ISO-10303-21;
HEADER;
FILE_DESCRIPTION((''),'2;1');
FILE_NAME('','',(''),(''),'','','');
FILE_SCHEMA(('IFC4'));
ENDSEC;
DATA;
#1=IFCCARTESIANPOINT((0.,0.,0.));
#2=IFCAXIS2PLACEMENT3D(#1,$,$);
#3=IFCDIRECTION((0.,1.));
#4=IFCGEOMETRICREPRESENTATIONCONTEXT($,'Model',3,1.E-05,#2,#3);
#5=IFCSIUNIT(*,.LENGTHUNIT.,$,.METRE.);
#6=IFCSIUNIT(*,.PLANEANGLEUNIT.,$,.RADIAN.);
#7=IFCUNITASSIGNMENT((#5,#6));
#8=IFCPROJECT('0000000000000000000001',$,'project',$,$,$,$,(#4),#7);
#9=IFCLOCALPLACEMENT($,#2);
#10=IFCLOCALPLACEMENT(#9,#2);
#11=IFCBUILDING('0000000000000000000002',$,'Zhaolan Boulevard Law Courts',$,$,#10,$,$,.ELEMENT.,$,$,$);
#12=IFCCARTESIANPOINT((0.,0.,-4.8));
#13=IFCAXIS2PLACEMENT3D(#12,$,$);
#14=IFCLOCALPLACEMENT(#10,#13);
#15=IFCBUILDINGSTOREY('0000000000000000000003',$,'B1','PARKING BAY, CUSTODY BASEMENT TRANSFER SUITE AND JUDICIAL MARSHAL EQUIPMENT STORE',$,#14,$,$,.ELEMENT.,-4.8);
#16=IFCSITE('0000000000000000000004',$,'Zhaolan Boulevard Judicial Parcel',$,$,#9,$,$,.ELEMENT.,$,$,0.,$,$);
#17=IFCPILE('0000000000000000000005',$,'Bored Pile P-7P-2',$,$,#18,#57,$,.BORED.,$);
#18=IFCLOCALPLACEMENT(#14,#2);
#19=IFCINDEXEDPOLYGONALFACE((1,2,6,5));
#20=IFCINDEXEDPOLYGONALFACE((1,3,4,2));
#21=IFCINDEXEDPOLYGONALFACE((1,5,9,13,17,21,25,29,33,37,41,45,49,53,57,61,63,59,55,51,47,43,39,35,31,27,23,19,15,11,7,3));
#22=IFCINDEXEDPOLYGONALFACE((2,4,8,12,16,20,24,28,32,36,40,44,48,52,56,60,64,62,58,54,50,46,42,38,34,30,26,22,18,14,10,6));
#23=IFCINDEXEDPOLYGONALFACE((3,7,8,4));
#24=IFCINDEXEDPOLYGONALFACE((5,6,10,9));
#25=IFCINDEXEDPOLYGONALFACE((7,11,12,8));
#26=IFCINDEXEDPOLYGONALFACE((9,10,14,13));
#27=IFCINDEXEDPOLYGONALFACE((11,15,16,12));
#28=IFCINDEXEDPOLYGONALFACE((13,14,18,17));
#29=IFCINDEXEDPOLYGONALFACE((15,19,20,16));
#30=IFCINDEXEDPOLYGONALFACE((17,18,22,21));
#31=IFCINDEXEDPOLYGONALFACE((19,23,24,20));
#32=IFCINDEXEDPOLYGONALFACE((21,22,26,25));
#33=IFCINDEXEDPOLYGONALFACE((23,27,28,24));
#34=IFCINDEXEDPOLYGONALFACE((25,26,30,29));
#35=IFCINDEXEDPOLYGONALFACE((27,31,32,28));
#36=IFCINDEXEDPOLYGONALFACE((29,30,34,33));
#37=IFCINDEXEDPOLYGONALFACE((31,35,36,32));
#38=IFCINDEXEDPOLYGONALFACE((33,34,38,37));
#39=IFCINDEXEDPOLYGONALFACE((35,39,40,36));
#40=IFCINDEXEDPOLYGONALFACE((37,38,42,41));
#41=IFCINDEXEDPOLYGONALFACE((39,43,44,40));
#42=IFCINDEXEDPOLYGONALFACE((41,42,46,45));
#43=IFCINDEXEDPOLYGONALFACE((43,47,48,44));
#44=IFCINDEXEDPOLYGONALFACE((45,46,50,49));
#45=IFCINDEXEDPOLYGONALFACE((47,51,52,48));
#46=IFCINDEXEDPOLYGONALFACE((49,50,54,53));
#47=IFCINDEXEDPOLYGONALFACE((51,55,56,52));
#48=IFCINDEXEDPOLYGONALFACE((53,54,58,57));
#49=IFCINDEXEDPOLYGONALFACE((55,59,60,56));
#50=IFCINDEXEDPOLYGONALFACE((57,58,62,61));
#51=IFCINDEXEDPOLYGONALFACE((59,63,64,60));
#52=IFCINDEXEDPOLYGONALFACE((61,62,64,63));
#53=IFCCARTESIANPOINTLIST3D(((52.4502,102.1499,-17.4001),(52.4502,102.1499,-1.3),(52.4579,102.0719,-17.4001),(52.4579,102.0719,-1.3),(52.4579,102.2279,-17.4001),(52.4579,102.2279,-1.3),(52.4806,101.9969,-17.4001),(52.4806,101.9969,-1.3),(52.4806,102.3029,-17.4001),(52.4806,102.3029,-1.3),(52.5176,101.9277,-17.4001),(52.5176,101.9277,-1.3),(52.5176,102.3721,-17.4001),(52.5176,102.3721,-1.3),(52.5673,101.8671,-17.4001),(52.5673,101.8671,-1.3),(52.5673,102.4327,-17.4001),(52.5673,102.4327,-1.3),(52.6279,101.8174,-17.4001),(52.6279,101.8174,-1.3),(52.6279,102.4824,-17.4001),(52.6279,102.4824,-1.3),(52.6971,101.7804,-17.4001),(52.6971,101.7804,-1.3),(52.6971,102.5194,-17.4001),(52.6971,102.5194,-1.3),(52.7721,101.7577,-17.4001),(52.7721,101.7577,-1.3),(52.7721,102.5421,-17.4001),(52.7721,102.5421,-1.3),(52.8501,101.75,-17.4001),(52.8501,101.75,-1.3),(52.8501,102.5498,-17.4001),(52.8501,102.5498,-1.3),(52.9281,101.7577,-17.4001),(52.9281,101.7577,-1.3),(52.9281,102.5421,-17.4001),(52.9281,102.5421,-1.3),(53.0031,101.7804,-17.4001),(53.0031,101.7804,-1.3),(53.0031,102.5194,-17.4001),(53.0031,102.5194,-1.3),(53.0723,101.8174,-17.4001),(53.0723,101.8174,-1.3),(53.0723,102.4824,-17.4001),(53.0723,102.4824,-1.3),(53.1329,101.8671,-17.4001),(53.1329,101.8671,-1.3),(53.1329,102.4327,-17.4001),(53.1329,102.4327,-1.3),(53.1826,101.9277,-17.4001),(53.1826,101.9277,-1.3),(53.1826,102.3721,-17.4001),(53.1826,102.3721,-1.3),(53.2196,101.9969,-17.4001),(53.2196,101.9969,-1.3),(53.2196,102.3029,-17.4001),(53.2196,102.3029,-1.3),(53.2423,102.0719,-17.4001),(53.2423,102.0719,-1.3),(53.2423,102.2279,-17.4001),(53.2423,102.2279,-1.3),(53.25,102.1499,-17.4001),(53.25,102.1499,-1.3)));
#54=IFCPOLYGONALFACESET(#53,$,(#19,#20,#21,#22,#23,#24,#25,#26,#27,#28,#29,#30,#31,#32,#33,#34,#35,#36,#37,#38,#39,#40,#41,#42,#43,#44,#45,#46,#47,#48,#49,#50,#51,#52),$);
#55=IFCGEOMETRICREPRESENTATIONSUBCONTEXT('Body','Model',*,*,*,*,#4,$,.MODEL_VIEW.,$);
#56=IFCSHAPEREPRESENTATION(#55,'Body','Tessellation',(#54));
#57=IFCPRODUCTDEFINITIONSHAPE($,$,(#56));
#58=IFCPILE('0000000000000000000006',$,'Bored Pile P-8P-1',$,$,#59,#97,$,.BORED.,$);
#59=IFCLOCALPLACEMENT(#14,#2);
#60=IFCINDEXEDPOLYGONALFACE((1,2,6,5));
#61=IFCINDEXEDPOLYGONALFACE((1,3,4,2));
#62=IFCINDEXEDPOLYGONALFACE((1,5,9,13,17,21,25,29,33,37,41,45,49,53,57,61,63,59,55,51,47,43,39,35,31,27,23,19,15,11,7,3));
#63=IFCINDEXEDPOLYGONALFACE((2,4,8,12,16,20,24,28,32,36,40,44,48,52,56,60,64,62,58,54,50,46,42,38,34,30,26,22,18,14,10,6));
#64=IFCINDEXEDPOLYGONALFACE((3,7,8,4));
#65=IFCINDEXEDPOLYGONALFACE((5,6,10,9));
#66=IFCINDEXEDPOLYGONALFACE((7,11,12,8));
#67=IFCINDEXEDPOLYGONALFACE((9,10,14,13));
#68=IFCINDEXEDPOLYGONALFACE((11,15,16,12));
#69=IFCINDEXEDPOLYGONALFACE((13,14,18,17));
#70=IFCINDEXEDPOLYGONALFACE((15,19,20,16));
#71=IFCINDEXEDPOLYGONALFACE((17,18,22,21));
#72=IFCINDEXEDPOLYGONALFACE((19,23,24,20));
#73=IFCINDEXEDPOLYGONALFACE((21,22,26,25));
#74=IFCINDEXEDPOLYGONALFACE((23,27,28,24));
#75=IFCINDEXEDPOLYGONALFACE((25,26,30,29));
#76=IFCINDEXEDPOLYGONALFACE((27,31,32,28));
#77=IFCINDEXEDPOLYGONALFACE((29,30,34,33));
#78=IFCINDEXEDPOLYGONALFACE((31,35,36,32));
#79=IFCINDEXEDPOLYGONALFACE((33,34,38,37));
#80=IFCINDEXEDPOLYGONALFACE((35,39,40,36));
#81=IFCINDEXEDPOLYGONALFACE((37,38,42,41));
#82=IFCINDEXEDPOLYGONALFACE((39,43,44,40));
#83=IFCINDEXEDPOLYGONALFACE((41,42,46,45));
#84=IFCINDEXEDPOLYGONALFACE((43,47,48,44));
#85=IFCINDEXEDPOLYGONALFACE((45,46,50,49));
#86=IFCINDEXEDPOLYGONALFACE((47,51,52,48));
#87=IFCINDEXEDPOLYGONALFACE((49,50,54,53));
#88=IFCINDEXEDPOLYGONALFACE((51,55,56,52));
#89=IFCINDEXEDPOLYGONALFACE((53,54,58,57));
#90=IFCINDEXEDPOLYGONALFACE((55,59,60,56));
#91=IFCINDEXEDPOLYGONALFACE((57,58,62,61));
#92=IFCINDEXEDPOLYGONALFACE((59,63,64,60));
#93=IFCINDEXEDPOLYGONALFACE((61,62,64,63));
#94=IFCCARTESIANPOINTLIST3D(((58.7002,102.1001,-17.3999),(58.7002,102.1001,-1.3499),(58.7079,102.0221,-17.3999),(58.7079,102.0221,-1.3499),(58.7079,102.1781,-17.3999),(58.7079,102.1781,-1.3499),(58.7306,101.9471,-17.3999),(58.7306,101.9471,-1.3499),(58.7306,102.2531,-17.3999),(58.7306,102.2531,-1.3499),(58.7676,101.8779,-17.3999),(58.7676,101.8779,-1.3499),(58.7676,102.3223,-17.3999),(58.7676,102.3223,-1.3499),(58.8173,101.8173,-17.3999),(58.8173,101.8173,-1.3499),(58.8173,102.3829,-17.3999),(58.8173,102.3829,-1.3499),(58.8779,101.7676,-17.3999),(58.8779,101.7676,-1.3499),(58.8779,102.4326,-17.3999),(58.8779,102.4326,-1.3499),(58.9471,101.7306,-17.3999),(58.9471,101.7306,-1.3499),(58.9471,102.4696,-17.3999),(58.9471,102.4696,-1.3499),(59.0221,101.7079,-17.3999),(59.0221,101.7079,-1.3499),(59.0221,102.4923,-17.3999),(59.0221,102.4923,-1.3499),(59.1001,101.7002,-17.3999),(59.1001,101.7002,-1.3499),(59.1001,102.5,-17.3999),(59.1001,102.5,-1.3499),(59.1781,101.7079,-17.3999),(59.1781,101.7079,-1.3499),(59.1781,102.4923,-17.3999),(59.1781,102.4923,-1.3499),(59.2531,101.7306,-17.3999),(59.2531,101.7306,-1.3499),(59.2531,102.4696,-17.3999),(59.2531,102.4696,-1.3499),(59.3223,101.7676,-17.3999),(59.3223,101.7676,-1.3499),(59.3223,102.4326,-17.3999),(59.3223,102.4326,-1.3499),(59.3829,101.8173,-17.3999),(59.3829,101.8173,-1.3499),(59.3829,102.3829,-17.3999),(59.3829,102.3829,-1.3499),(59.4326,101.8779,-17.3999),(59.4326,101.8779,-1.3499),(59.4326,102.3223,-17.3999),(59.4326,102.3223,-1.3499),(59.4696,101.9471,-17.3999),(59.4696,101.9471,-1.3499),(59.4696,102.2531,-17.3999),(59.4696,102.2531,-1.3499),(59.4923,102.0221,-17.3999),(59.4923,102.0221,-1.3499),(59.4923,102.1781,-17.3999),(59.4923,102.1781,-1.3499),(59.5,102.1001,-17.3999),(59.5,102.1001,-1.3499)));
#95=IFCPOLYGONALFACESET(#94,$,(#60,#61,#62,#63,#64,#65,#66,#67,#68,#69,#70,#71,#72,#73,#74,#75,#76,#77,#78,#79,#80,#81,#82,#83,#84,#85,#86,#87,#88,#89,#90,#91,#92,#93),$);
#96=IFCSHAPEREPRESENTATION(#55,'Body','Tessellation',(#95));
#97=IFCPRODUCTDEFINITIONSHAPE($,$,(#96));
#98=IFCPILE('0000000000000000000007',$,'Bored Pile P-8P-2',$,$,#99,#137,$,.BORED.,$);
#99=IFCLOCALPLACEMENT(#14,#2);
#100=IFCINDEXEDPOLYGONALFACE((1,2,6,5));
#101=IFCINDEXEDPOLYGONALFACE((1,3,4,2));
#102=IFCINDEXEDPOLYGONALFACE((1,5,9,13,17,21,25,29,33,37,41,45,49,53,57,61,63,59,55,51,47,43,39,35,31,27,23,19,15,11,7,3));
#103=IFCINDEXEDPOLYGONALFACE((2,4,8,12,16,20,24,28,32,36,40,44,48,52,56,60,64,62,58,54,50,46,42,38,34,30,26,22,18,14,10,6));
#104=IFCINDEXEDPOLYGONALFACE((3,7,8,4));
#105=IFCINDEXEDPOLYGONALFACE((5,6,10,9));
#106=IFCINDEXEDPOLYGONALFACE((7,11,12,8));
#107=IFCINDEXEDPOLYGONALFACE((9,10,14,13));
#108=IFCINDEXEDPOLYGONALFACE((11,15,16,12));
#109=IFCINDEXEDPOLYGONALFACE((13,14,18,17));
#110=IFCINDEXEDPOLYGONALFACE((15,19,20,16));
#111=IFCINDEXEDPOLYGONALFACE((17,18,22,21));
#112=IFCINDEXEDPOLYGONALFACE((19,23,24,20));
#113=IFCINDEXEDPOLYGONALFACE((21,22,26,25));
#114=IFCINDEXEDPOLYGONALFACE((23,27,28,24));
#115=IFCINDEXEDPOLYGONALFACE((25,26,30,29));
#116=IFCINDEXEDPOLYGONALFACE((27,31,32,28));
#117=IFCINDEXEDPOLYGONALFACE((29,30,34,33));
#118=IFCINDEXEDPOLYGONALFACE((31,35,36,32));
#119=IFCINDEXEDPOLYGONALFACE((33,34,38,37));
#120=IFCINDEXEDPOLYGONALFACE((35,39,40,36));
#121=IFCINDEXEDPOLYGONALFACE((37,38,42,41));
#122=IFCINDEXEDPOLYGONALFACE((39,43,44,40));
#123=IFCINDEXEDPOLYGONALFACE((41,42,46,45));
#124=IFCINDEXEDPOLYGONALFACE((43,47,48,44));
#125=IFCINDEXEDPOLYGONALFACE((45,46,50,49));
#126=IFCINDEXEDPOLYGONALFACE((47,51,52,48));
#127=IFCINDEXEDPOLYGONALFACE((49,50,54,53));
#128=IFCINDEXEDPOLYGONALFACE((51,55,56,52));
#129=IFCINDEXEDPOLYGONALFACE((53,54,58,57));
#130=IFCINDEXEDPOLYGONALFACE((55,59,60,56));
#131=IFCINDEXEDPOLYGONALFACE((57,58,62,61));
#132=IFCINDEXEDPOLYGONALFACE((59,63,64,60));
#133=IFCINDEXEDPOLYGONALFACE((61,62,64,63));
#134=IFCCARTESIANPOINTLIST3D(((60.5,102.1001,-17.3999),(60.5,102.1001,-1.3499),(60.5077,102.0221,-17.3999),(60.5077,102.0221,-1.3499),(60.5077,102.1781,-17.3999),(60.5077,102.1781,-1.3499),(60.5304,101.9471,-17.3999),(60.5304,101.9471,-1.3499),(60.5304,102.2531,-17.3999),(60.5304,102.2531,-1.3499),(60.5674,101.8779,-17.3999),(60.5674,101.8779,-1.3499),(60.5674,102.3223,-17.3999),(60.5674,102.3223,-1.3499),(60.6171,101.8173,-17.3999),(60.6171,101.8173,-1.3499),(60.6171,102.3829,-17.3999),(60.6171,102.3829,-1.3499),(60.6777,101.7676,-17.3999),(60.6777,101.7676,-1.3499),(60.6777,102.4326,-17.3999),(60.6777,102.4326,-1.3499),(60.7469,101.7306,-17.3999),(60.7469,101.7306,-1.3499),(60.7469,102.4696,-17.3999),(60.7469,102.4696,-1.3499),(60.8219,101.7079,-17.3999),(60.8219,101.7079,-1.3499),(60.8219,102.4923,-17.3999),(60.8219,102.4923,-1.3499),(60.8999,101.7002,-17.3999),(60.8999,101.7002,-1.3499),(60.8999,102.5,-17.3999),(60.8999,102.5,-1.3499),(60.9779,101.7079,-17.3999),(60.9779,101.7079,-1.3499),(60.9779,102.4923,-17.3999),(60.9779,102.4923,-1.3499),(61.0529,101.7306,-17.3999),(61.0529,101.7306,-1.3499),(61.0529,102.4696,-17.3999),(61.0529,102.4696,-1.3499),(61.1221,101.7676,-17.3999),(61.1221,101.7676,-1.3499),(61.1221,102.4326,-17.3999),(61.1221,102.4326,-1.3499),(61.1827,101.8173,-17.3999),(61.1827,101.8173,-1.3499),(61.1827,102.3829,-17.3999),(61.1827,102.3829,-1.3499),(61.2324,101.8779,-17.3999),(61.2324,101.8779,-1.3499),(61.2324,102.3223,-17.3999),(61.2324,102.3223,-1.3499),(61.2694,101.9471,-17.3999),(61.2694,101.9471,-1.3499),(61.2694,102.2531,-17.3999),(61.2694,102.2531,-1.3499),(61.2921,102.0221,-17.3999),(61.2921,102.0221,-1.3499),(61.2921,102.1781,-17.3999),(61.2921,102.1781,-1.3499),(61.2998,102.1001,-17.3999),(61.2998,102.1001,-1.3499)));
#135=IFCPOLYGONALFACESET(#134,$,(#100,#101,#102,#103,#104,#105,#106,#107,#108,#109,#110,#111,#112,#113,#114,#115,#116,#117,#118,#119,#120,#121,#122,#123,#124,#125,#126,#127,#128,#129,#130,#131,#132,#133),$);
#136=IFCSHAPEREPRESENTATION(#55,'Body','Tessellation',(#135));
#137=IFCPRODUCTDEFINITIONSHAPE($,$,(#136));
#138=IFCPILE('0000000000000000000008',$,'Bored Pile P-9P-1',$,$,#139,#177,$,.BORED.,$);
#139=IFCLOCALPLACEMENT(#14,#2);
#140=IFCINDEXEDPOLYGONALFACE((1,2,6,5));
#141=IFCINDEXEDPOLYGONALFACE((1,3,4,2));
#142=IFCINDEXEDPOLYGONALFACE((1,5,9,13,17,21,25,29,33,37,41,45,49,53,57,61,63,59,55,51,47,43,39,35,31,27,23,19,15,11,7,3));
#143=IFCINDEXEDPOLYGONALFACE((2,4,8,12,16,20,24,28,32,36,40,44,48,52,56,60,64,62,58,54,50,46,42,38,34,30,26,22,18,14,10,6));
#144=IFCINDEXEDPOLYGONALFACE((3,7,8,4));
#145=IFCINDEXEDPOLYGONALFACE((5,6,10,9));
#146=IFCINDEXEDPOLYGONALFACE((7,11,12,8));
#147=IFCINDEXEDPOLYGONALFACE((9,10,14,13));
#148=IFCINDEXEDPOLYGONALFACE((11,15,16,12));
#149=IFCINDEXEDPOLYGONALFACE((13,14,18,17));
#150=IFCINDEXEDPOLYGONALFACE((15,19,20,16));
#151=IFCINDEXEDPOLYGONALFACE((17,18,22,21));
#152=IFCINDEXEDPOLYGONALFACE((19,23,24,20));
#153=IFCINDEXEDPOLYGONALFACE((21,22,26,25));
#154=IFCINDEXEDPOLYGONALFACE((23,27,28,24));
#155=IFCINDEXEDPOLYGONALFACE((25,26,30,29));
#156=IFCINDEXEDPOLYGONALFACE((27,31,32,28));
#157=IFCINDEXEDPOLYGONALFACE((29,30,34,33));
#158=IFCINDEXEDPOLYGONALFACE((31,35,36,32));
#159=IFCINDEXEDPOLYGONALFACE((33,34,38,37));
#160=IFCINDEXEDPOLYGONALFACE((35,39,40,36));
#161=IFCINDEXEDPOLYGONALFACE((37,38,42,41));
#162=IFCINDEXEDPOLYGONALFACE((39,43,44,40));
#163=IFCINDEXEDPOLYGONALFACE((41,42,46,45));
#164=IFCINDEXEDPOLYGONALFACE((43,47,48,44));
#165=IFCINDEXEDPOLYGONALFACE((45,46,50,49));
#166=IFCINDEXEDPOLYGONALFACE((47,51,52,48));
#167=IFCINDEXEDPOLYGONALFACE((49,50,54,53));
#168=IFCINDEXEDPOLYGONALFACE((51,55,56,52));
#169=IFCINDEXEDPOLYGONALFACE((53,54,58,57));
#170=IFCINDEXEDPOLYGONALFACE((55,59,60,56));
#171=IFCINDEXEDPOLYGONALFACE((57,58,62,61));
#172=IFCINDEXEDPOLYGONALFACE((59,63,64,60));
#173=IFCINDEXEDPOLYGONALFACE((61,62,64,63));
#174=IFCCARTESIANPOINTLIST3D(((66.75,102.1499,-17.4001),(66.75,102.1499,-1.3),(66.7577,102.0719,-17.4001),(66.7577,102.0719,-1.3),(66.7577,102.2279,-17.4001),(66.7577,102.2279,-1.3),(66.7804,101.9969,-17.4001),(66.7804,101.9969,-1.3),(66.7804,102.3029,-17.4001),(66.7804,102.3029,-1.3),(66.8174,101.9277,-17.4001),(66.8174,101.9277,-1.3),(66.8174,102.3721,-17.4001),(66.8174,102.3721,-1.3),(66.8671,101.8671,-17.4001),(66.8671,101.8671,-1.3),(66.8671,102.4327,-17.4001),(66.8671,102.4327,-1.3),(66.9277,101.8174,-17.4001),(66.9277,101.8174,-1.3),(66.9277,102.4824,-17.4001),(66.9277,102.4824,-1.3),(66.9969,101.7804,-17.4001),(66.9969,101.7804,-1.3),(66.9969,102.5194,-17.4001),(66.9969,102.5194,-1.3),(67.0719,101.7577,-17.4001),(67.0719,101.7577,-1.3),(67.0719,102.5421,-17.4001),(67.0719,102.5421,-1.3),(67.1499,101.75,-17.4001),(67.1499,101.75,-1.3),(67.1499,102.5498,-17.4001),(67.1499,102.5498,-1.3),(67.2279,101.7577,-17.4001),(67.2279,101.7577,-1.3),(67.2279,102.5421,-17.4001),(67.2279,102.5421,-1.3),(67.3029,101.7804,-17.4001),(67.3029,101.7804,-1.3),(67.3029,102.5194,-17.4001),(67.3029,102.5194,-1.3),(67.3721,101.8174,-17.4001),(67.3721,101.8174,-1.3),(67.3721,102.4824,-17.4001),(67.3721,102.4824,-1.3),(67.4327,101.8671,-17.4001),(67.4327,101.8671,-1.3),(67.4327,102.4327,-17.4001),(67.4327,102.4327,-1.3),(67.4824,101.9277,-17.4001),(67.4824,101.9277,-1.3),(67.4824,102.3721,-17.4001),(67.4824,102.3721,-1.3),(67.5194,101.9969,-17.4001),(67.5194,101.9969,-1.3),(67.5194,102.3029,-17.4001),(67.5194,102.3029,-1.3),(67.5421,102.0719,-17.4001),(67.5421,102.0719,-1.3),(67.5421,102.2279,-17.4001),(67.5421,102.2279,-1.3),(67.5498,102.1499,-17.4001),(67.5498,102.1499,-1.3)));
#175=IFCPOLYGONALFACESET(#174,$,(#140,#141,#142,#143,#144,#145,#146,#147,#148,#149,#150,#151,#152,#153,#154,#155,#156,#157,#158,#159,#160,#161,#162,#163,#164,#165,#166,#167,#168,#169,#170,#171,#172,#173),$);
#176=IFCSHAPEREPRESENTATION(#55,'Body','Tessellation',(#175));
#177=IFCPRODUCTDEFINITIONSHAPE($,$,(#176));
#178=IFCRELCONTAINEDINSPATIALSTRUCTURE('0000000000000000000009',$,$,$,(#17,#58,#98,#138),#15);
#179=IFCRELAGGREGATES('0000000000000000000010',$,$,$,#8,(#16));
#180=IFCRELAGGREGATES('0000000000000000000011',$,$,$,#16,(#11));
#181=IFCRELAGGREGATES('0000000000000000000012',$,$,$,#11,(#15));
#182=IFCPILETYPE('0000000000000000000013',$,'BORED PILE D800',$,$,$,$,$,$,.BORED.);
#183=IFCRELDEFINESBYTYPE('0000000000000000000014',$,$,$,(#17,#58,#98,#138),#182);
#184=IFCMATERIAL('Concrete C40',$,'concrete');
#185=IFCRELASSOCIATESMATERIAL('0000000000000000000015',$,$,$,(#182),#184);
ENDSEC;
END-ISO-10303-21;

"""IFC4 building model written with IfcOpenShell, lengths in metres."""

from ifc_helpers import new_model, si_unit, direction, frame, origin, origin_2d, place, context, subcontext, project, spatial, circle, extrude, material, material_profile, profile_set, type_object, element, save


model = new_model("IFC4")

# Units and contexts
model_context = context("Model", 3, precision=1e-05, world=origin(), true_north=direction((0.0, 1.0)))
body_context = subcontext(model_context, "Body", "Model", "MODEL_VIEW")
ifc_project = project(units=[si_unit("LENGTHUNIT", "METRE"), si_unit("PLANEANGLEUNIT", "RADIAN")], contexts=[model_context])

# Site, building, storey
site_placement = place(None, origin())
site = spatial("IfcSite", under=ifc_project, at=site_placement, Name="Zhaolan Boulevard Judicial Parcel", CompositionType="ELEMENT", RefElevation=0.0)
building_placement = place(site_placement, origin())
building = spatial("IfcBuilding", under=site, at=building_placement, Name="Zhaolan Boulevard Law Courts", CompositionType="ELEMENT")
storey_placement = place(building_placement, frame((0.0, 0.0, -4.8)))
storey = spatial("IfcBuildingStorey", under=building, at=storey_placement, Name="B1", Description="PARKING BAY, CUSTODY BASEMENT TRANSFER SUITE AND JUDICIAL MARSHAL EQUIPMENT STORE", CompositionType="ELEMENT", Elevation=-4.8)

# Piles
ifc_material_1 = material(Name="Concrete C40", Category="concrete")
ifc_material_profile_1 = material_profile(ifc_material_1, circle(Radius=0.3999, at=origin_2d()), Name="PILE-D800")
ifc_profile_set_1 = profile_set([ifc_material_profile_1], Name="Concrete C40")
pile_type_1 = type_object("IfcPileType", Name="BORED PILE D800", PredefinedType="BORED", material=ifc_profile_set_1)
pile_placement = place(storey_placement, frame((52.8501, 102.1499, -1.3), z_axis=(0.0, 0.0, -1.0), x_axis=(1.0, 0.0, 0.0)))
element("IfcPile", 1, at=pile_placement, inside=storey, type_object=pile_type_1, Name="Bored Pile P-7P-2", PredefinedType="BORED", context=body_context, shape_type="SweptSolid", body=[
    extrude(circle(Radius=0.3999, at=origin_2d()), origin(), (0.0, 0.0, 1.0), 16.1001),
])
for number, where, z_axis, x_axis, name in (
    (2, (59.1001, 102.1001, -1.3499), (0.0, 0.0, -1.0), (1.0, 0.0, 0.0), "Bored Pile P-8P-1"),
    (3, (60.8999, 102.1001, -1.3499), (0.0, 0.0, -1.0), (1.0, 0.0, 0.0), "Bored Pile P-8P-2"),
):
    element("IfcPile", number, at=place(storey_placement, frame(where, z_axis=z_axis, x_axis=x_axis)), inside=storey, type_object=pile_type_1, Name=name, PredefinedType="BORED", context=body_context, shape_type="SweptSolid", body=[
        extrude(circle(Radius=0.3999, at=origin_2d()), origin(), (0.0, 0.0, 1.0), 16.05),
    ])
for number, where, z_axis, x_axis, name in (
    (4, (67.1499, 102.1499, -1.3), (0.0, 0.0, -1.0), (1.0, 0.0, 0.0), "Bored Pile P-9P-1"),
):
    element("IfcPile", number, at=place(storey_placement, frame(where, z_axis=z_axis, x_axis=x_axis)), inside=storey, type_object=pile_type_1, Name=name, PredefinedType="BORED", context=body_context, shape_type="SweptSolid", body=[
        extrude(circle(Radius=0.3999, at=origin_2d()), origin(), (0.0, 0.0, 1.0), 16.1001),
    ])

save(model, "model.ifc")
